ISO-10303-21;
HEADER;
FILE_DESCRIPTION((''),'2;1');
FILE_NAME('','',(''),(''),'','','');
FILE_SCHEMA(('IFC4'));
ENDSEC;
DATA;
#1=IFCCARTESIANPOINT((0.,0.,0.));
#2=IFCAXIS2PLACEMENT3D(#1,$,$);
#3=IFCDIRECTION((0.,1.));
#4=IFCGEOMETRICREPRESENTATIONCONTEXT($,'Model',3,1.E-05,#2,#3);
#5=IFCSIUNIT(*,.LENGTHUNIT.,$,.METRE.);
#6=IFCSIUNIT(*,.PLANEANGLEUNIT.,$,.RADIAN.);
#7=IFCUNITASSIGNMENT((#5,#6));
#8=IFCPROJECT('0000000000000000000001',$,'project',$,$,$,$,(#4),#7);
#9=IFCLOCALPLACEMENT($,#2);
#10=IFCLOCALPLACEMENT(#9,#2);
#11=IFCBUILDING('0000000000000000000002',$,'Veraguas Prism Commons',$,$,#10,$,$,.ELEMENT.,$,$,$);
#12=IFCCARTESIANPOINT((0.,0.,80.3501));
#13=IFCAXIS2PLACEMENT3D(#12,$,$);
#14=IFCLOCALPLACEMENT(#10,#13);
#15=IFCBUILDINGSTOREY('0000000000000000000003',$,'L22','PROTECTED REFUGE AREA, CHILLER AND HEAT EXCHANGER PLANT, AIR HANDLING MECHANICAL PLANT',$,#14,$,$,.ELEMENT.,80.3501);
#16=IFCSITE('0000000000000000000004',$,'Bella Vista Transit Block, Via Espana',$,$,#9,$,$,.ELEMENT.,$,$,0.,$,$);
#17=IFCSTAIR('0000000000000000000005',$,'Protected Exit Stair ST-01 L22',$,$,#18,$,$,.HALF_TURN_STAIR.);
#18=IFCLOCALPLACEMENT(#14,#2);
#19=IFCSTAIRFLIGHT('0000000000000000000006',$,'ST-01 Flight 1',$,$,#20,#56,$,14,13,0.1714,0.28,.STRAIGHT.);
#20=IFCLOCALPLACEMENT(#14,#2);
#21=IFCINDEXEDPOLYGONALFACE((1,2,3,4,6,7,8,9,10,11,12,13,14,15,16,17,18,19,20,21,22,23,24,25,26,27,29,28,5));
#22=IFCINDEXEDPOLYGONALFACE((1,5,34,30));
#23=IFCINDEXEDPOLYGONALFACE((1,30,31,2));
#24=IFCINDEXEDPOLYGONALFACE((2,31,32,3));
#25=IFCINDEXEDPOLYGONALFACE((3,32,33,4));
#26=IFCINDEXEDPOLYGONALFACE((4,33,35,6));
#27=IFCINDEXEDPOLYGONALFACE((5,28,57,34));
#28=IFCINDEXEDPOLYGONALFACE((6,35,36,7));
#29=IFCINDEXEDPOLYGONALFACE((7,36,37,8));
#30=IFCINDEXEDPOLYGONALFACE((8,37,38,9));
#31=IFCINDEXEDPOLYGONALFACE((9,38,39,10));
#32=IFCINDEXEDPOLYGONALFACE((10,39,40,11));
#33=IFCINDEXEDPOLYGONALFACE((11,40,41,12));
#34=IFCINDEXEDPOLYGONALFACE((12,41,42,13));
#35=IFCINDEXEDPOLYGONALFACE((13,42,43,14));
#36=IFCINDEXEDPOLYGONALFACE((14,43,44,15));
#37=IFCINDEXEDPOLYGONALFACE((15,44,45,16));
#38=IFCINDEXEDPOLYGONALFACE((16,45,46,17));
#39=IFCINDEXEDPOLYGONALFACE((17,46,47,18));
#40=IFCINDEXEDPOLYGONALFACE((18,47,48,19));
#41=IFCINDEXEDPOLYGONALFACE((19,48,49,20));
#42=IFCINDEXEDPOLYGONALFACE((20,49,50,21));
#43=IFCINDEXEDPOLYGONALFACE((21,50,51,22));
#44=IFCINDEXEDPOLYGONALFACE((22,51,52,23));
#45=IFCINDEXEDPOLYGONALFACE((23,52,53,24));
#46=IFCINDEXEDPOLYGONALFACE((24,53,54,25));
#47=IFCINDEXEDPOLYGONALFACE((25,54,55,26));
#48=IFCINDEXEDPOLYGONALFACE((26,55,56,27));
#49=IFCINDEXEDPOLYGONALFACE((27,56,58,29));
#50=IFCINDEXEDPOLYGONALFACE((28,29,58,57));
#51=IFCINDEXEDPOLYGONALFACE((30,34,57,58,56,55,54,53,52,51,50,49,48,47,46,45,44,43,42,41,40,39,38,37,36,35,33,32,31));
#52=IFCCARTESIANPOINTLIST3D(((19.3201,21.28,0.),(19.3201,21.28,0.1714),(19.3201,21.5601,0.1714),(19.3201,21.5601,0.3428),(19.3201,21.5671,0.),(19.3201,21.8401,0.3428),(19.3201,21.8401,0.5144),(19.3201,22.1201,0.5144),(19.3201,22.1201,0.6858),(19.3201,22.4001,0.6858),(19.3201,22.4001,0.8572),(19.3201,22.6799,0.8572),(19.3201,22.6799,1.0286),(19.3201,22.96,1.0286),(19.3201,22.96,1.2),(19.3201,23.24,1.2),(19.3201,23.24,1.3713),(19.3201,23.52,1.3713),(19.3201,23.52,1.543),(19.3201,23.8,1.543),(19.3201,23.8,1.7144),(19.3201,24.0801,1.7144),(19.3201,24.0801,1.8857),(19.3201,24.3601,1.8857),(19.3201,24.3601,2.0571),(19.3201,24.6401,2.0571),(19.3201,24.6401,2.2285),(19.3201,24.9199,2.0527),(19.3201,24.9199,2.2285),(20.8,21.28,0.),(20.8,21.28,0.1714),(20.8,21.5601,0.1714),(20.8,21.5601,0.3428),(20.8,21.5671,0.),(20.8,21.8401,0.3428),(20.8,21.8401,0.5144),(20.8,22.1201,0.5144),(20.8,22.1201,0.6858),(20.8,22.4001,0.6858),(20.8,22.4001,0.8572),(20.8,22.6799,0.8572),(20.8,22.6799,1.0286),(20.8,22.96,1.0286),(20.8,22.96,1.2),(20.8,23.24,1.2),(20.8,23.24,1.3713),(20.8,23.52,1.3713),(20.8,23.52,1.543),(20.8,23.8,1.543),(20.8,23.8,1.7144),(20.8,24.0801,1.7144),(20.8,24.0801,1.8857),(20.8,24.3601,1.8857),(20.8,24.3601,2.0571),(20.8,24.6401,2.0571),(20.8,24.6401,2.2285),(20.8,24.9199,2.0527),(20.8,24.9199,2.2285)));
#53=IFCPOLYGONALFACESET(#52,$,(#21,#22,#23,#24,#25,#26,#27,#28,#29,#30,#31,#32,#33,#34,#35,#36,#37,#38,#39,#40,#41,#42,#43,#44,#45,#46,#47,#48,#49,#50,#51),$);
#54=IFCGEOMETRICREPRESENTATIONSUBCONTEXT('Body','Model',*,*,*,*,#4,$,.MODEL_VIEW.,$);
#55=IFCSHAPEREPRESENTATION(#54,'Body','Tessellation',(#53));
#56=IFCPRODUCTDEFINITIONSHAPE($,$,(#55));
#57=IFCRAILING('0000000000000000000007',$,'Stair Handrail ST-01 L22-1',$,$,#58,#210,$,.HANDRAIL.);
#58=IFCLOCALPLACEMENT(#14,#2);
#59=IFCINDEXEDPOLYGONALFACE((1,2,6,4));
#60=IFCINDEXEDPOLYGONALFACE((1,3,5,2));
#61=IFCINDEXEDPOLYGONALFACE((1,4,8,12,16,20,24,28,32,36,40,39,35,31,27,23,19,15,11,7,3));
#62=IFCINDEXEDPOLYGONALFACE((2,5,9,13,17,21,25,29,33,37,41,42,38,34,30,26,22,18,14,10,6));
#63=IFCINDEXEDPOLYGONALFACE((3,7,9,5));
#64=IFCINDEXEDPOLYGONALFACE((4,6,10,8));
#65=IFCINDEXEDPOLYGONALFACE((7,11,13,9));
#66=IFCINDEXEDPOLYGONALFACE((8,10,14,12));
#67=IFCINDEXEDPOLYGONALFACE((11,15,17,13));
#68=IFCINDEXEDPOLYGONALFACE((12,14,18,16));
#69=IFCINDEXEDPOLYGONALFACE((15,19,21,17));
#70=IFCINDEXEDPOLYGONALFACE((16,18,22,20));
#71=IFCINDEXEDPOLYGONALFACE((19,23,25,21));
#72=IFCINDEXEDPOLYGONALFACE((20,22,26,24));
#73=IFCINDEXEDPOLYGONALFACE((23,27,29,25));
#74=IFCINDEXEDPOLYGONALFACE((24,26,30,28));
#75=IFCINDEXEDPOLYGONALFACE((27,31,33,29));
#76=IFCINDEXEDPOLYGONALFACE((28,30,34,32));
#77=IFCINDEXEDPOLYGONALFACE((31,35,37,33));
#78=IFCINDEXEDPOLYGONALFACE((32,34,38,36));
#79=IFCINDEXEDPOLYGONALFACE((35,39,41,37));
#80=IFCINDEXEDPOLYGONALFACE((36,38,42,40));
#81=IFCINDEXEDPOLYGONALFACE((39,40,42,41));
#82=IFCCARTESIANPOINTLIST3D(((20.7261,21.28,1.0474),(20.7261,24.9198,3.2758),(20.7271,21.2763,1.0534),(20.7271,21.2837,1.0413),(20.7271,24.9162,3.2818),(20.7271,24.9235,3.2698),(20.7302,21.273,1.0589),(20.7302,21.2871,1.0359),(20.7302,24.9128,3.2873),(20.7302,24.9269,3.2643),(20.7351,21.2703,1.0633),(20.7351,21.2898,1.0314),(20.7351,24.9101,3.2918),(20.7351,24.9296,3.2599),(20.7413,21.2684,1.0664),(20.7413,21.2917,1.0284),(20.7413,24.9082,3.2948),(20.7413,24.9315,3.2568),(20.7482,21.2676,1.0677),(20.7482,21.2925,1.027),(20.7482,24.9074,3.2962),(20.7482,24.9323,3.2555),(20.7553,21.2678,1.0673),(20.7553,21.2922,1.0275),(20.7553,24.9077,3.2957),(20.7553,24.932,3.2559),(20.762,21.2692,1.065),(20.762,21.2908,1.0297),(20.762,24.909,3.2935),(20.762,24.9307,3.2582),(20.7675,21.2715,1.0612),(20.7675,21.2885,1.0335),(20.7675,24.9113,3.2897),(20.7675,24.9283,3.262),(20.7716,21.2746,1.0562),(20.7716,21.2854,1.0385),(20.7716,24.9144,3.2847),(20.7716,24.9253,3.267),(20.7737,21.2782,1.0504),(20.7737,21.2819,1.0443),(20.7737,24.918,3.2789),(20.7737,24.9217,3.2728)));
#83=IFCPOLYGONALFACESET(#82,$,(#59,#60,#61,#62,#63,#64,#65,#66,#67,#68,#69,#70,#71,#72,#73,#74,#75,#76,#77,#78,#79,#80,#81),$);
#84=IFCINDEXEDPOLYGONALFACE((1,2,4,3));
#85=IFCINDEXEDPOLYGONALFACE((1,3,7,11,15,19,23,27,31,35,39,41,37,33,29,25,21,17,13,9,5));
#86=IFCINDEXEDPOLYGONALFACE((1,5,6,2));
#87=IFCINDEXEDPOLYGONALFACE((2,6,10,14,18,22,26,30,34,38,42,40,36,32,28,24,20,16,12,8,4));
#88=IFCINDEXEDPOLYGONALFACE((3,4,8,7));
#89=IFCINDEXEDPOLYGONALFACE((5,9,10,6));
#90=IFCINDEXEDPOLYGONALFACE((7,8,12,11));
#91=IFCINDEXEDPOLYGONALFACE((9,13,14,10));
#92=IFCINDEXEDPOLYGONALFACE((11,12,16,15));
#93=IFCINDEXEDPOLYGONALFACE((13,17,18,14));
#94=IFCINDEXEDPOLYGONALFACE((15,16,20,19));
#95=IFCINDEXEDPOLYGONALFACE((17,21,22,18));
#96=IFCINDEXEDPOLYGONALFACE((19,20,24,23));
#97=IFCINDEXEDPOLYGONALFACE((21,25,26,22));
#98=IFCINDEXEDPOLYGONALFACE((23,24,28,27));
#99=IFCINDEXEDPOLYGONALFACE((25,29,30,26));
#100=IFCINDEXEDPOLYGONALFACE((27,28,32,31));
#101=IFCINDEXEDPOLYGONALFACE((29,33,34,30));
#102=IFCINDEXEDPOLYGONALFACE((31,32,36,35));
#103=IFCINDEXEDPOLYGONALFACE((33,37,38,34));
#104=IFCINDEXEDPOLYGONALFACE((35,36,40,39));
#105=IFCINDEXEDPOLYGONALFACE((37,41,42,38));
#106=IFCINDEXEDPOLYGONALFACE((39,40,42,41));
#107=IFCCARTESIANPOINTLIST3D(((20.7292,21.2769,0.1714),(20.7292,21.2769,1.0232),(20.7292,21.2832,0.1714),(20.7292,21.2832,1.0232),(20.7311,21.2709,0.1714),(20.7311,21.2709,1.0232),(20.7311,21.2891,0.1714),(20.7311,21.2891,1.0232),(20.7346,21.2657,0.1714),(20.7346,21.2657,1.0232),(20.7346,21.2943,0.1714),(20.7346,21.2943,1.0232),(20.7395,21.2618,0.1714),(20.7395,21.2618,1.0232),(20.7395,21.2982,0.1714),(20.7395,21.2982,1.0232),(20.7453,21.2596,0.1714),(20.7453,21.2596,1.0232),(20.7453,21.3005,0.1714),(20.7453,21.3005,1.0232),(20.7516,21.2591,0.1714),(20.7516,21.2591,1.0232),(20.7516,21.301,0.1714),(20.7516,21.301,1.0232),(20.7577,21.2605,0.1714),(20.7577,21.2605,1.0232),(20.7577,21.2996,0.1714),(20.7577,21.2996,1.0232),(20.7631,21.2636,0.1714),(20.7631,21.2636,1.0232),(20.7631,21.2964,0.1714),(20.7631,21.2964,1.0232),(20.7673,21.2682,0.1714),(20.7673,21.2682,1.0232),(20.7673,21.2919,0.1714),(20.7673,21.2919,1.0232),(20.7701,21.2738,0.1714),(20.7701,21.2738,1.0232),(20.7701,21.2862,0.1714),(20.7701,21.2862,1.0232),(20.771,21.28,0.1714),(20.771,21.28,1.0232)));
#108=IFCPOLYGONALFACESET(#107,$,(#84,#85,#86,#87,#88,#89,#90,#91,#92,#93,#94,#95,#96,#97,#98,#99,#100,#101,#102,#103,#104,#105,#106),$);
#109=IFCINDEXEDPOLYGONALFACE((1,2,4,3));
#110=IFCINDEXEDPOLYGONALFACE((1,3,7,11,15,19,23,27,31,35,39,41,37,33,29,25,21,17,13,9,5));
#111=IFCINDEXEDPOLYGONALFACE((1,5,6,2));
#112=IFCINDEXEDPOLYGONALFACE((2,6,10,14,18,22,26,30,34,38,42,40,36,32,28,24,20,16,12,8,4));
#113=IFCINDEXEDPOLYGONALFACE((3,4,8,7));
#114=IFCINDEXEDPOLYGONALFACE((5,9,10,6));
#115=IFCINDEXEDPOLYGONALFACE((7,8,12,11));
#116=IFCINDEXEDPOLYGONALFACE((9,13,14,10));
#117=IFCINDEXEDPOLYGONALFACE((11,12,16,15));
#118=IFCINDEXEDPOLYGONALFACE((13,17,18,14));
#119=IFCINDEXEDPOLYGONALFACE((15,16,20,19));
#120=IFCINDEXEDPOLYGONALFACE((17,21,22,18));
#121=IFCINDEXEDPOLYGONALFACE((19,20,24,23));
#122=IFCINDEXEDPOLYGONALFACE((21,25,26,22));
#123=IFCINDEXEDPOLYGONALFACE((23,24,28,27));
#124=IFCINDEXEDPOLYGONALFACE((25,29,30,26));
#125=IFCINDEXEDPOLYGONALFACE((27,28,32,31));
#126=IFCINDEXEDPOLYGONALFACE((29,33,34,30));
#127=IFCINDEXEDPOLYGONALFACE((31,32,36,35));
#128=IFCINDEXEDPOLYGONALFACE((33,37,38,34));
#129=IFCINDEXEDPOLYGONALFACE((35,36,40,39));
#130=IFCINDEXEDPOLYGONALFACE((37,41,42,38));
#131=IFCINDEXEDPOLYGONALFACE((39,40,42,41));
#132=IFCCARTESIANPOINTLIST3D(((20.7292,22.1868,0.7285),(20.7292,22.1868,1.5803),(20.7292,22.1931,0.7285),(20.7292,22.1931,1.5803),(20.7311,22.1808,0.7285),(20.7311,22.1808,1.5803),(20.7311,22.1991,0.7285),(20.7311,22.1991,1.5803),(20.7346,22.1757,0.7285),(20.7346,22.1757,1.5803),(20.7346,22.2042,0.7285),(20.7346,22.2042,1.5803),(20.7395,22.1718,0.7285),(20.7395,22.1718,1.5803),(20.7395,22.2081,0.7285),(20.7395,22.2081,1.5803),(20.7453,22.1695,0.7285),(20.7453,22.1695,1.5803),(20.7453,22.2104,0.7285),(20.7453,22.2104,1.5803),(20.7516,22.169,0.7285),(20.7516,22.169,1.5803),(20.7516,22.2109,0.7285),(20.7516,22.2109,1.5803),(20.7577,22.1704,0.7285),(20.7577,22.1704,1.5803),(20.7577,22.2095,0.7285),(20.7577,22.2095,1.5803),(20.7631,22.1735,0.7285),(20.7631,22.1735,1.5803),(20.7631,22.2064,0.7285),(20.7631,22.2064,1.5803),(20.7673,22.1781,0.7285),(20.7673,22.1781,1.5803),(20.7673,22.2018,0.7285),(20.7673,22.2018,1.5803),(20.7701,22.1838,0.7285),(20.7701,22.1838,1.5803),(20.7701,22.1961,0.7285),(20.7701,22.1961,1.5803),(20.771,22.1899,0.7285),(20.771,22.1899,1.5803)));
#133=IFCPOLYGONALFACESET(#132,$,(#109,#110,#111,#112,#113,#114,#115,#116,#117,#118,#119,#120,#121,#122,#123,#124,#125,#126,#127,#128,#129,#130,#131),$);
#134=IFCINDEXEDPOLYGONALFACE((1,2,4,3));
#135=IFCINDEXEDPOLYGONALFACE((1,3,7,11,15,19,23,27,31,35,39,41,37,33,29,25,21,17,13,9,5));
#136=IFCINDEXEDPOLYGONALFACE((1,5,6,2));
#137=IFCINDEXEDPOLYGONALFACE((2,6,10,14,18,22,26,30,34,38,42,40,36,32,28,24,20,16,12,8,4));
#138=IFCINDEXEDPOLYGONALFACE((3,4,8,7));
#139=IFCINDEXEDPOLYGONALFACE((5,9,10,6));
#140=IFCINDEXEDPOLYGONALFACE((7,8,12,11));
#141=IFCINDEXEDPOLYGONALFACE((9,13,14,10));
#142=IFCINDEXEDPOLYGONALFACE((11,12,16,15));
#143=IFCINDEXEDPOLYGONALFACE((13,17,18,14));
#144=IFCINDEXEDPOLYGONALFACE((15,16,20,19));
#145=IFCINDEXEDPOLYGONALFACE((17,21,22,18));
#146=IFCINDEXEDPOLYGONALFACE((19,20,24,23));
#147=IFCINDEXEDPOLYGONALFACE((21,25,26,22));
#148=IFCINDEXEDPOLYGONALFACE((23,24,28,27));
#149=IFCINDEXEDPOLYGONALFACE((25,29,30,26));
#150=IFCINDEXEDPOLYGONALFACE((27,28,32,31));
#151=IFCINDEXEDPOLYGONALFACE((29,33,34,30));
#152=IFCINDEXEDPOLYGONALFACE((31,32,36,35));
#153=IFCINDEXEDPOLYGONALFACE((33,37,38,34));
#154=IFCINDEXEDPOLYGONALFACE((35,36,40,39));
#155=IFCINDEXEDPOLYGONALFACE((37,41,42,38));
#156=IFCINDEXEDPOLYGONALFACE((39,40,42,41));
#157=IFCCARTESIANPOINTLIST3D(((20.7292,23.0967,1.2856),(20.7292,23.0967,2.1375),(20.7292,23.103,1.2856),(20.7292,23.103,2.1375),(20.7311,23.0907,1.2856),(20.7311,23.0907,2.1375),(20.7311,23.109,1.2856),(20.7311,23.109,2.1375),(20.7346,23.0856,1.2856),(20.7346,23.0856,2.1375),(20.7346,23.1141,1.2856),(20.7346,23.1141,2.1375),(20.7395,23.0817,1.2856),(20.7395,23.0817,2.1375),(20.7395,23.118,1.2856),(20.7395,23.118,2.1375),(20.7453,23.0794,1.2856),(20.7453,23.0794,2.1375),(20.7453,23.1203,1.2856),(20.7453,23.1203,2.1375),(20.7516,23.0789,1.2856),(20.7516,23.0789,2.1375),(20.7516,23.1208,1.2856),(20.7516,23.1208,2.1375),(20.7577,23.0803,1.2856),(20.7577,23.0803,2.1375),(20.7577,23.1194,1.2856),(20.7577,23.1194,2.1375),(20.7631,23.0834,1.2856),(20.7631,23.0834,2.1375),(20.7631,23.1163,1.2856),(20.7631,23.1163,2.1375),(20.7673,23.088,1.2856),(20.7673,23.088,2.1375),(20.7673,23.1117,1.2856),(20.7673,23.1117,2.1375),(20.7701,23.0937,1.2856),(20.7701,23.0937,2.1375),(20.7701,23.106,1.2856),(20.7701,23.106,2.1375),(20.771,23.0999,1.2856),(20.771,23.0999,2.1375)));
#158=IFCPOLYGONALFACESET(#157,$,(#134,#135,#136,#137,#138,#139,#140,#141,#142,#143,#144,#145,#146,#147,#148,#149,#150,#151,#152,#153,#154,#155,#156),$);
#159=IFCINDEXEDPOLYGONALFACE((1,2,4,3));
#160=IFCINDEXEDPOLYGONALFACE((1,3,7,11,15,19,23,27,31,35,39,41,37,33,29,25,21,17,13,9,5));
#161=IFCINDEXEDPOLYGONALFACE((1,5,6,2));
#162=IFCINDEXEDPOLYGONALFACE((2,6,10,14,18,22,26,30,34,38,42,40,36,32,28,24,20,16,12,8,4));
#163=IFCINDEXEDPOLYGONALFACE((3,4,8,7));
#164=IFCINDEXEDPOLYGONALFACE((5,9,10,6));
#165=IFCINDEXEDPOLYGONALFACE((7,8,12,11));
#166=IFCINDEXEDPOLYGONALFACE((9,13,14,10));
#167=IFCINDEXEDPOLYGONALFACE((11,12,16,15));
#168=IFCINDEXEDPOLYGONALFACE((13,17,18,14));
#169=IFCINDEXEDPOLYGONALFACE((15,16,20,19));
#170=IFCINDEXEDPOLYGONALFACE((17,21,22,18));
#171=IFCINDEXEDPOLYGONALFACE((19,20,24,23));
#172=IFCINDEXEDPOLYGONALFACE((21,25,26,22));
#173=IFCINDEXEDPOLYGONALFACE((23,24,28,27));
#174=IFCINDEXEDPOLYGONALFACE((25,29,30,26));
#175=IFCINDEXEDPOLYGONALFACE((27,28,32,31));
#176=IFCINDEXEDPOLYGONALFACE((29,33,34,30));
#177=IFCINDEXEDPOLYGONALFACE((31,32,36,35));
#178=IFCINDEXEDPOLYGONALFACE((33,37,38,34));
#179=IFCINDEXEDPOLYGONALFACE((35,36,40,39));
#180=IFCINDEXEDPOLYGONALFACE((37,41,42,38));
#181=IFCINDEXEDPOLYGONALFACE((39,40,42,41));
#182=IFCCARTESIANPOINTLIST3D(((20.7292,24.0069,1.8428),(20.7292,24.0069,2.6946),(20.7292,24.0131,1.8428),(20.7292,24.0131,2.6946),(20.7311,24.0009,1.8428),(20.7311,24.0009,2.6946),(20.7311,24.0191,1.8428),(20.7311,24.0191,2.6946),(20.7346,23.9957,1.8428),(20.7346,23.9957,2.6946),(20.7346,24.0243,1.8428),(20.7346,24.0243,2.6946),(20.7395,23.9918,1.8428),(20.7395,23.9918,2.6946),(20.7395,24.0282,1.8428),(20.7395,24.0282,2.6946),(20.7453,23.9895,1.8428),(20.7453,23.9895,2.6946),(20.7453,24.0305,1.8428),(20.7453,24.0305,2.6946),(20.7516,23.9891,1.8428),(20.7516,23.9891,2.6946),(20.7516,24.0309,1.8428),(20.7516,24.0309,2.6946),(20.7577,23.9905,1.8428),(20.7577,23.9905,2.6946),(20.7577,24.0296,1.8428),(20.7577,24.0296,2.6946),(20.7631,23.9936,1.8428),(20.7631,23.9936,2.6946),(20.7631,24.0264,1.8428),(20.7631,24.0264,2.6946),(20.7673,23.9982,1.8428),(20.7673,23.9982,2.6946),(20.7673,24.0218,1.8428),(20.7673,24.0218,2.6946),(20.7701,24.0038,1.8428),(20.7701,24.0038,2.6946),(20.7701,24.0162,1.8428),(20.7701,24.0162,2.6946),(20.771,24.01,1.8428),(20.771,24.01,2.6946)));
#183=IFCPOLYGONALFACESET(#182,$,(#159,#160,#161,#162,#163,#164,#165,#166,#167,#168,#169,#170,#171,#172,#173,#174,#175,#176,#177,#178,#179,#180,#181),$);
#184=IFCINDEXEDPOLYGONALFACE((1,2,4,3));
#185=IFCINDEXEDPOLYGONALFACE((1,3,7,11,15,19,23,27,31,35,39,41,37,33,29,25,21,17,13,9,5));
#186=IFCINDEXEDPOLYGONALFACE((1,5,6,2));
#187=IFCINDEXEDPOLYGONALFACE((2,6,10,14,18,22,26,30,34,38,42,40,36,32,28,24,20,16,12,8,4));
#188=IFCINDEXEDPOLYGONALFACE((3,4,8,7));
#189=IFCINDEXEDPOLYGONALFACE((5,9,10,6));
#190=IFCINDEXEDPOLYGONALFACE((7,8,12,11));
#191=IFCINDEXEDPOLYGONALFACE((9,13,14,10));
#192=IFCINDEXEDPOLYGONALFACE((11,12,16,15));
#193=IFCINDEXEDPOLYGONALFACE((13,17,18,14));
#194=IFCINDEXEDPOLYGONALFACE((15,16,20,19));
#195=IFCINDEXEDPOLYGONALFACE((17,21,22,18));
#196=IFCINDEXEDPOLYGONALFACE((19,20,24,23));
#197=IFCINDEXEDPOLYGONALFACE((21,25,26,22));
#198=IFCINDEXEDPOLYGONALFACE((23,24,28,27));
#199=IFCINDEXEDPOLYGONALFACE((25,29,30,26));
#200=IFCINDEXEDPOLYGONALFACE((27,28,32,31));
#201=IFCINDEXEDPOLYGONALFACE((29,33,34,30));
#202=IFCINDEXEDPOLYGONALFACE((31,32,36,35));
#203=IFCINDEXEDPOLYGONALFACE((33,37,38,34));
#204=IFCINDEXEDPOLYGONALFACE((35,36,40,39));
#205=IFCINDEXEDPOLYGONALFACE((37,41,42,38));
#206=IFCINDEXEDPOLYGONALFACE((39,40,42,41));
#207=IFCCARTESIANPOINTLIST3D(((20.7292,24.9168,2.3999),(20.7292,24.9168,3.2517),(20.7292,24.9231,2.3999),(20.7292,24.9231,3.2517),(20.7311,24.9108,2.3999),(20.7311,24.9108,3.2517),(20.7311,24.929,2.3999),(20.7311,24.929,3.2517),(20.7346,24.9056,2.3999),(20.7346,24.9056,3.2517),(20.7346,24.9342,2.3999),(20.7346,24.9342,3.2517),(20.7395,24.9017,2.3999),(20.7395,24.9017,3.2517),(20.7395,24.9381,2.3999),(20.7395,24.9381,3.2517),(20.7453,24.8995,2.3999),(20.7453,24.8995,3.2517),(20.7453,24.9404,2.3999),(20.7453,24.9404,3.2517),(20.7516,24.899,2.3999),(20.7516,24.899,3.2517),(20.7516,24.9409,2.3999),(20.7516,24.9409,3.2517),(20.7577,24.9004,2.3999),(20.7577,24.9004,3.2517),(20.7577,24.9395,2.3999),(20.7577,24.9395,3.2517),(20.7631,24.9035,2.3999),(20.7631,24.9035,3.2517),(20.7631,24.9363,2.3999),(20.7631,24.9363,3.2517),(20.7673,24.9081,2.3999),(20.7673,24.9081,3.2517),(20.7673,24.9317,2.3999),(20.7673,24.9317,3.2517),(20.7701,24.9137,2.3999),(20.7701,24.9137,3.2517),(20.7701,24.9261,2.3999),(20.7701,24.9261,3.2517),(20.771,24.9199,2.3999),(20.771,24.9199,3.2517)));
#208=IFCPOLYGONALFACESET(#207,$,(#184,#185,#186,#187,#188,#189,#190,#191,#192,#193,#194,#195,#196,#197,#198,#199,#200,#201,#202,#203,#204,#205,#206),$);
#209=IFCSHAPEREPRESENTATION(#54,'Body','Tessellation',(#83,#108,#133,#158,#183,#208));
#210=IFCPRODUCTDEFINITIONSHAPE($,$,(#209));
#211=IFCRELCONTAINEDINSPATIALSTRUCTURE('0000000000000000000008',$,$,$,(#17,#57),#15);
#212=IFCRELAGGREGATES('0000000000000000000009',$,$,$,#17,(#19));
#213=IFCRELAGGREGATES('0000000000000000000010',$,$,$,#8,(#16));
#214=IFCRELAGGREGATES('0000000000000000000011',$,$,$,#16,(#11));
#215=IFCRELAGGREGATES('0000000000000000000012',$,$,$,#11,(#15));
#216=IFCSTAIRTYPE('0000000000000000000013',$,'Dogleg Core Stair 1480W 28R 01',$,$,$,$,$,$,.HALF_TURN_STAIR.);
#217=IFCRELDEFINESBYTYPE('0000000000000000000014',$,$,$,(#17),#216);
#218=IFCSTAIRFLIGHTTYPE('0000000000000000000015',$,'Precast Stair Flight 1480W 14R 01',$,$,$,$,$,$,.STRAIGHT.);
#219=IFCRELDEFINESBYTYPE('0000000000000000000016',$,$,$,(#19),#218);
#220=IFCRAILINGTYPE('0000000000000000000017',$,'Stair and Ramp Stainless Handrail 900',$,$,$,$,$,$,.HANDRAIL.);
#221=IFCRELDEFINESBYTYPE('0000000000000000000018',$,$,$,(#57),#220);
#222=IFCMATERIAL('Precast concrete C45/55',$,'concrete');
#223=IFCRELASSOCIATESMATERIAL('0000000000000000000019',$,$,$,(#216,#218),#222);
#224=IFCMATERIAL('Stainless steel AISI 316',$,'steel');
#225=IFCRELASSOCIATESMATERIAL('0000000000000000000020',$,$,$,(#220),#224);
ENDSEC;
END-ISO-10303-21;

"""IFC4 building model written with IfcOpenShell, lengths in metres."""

from ifc_helpers import new_model, si_unit, direction, frame, origin, origin_2d, place, context, subcontext, project, spatial, polyline, circle, outline, extrude, material, type_object, element, aggregate, save


model = new_model("IFC4")

# Units and contexts
model_context = context("Model", 3, precision=1e-05, world=origin(), true_north=direction((0.0, 1.0)))
body_context = subcontext(model_context, "Body", "Model", "MODEL_VIEW")
ifc_project = project(units=[si_unit("LENGTHUNIT", "METRE"), si_unit("PLANEANGLEUNIT", "RADIAN")], contexts=[model_context])

# Site, building, storey
site_placement = place(None, origin())
site = spatial("IfcSite", under=ifc_project, at=site_placement, Name="Bella Vista Transit Block, Via Espana", CompositionType="ELEMENT", RefElevation=0.0)
building_placement = place(site_placement, origin())
building = spatial("IfcBuilding", under=site, at=building_placement, Name="Veraguas Prism Commons", CompositionType="ELEMENT")
storey_placement = place(building_placement, frame((0.0, 0.0, 80.3501)))
storey = spatial("IfcBuildingStorey", under=building, at=storey_placement, Name="L22", Description="PROTECTED REFUGE AREA, CHILLER AND HEAT EXCHANGER PLANT, AIR HANDLING MECHANICAL PLANT", CompositionType="ELEMENT", Elevation=80.3501)

# Shared definitions
ifc_material_1 = material(Name="Stainless steel AISI 316", Category="steel")

# Stair, stair flight
ifc_material_2 = material(Name="Precast concrete C45/55", Category="concrete")
stair_type = type_object("IfcStairType", Name="Dogleg Core Stair 1480W 28R 01", PredefinedType="HALF_TURN_STAIR", material=ifc_material_2)
stair_placement = place(storey_placement, origin())
stair = element("IfcStair", 1, at=stair_placement, inside=storey, type_object=stair_type, Name="Protected Exit Stair ST-01 L22", PredefinedType="HALF_TURN_STAIR")
stair_flight_type = type_object("IfcStairFlightType", Name="Precast Stair Flight 1480W 14R 01", PredefinedType="STRAIGHT", material=ifc_material_2)
stair_flight_placement = place(storey_placement, frame((20.0601, 21.28, 0.0), z_axis=(0.0, 0.0, 1.0), x_axis=(0.0, 1.0, 0.0)))
stair_flight = element("IfcStairFlight", 2, at=stair_flight_placement, type_object=stair_flight_type, Name="ST-01 Flight 1", NumberOfRisers=14, NumberOfTreads=13, PredefinedType="STRAIGHT", RiserHeight=0.1714, TreadLength=0.28, context=body_context, shape_type="SweptSolid", body=[
    extrude(outline(polyline([(0.0, 0.0), (0.0, 0.1714), (0.28, 0.1714), (0.28, 0.3428), (0.5601, 0.3428), (0.5601, 0.5144), (0.8401, 0.5144), (0.8401, 0.6858), (1.1201, 0.6858), (1.1201, 0.8572), (1.3999, 0.8572), (1.3999, 1.0286), (1.6799, 1.0286), (1.6799, 1.2), (1.96, 1.2), (1.96, 1.3713), (2.24, 1.3713), (2.24, 1.543), (2.52, 1.543), (2.52, 1.7144), (2.8, 1.7144), (2.8, 1.8857), (3.0801, 1.8857), (3.0801, 2.0571), (3.3601, 2.0571), (3.3601, 2.2285), (3.6399, 2.2285), (3.6399, 2.3999), (3.6399, 2.0527), (0.2871, 0.0), (0.0, 0.0)])), frame((0.0, 0.74, 0.0), z_axis=(0.0, -1.0, 0.0), x_axis=(1.0, 0.0, 0.0)), (0.0, 0.0, 1.0), 1.48),
])
aggregate(stair, [stair_flight])

# Railing
railing_type_1 = type_object("IfcRailingType", Name="Stair and Ramp Stainless Handrail 900", PredefinedType="HANDRAIL", material=ifc_material_1)
railing_1_placement = place(storey_placement, frame((20.75, 21.28, 0.1714)))
element("IfcRailing", 3, at=railing_1_placement, inside=storey, type_object=railing_type_1, Name="Stair Handrail ST-01 L22-1", PredefinedType="HANDRAIL", context=body_context, shape_type="SweptSolid", body=[
    extrude(circle(Radius=0.0239, at=origin_2d()), frame((0.0, 0.0, 0.876), z_axis=(0.0, 0.85285, 0.522156), x_axis=(-1.0, 0.0, 0.0)), (0.0, 0.0, 1.0), 4.2678),
    extrude(circle(Radius=0.021, at=origin_2d()), origin(), (0.0, 0.0, 1.0), 0.8518),
    extrude(circle(Radius=0.021, at=origin_2d()), frame((0.0, 0.9099, 0.5571)), (0.0, 0.0, 1.0), 0.8518),
    extrude(circle(Radius=0.021, at=origin_2d()), frame((0.0, 1.8198, 1.1143)), (0.0, 0.0, 1.0), 0.8518),
    extrude(circle(Radius=0.021, at=origin_2d()), frame((0.0, 2.73, 1.6714)), (0.0, 0.0, 1.0), 0.8518),
    extrude(circle(Radius=0.021, at=origin_2d()), frame((0.0, 3.6399, 2.2285)), (0.0, 0.0, 1.0), 0.8518),
])

save(model, "model.ifc")
